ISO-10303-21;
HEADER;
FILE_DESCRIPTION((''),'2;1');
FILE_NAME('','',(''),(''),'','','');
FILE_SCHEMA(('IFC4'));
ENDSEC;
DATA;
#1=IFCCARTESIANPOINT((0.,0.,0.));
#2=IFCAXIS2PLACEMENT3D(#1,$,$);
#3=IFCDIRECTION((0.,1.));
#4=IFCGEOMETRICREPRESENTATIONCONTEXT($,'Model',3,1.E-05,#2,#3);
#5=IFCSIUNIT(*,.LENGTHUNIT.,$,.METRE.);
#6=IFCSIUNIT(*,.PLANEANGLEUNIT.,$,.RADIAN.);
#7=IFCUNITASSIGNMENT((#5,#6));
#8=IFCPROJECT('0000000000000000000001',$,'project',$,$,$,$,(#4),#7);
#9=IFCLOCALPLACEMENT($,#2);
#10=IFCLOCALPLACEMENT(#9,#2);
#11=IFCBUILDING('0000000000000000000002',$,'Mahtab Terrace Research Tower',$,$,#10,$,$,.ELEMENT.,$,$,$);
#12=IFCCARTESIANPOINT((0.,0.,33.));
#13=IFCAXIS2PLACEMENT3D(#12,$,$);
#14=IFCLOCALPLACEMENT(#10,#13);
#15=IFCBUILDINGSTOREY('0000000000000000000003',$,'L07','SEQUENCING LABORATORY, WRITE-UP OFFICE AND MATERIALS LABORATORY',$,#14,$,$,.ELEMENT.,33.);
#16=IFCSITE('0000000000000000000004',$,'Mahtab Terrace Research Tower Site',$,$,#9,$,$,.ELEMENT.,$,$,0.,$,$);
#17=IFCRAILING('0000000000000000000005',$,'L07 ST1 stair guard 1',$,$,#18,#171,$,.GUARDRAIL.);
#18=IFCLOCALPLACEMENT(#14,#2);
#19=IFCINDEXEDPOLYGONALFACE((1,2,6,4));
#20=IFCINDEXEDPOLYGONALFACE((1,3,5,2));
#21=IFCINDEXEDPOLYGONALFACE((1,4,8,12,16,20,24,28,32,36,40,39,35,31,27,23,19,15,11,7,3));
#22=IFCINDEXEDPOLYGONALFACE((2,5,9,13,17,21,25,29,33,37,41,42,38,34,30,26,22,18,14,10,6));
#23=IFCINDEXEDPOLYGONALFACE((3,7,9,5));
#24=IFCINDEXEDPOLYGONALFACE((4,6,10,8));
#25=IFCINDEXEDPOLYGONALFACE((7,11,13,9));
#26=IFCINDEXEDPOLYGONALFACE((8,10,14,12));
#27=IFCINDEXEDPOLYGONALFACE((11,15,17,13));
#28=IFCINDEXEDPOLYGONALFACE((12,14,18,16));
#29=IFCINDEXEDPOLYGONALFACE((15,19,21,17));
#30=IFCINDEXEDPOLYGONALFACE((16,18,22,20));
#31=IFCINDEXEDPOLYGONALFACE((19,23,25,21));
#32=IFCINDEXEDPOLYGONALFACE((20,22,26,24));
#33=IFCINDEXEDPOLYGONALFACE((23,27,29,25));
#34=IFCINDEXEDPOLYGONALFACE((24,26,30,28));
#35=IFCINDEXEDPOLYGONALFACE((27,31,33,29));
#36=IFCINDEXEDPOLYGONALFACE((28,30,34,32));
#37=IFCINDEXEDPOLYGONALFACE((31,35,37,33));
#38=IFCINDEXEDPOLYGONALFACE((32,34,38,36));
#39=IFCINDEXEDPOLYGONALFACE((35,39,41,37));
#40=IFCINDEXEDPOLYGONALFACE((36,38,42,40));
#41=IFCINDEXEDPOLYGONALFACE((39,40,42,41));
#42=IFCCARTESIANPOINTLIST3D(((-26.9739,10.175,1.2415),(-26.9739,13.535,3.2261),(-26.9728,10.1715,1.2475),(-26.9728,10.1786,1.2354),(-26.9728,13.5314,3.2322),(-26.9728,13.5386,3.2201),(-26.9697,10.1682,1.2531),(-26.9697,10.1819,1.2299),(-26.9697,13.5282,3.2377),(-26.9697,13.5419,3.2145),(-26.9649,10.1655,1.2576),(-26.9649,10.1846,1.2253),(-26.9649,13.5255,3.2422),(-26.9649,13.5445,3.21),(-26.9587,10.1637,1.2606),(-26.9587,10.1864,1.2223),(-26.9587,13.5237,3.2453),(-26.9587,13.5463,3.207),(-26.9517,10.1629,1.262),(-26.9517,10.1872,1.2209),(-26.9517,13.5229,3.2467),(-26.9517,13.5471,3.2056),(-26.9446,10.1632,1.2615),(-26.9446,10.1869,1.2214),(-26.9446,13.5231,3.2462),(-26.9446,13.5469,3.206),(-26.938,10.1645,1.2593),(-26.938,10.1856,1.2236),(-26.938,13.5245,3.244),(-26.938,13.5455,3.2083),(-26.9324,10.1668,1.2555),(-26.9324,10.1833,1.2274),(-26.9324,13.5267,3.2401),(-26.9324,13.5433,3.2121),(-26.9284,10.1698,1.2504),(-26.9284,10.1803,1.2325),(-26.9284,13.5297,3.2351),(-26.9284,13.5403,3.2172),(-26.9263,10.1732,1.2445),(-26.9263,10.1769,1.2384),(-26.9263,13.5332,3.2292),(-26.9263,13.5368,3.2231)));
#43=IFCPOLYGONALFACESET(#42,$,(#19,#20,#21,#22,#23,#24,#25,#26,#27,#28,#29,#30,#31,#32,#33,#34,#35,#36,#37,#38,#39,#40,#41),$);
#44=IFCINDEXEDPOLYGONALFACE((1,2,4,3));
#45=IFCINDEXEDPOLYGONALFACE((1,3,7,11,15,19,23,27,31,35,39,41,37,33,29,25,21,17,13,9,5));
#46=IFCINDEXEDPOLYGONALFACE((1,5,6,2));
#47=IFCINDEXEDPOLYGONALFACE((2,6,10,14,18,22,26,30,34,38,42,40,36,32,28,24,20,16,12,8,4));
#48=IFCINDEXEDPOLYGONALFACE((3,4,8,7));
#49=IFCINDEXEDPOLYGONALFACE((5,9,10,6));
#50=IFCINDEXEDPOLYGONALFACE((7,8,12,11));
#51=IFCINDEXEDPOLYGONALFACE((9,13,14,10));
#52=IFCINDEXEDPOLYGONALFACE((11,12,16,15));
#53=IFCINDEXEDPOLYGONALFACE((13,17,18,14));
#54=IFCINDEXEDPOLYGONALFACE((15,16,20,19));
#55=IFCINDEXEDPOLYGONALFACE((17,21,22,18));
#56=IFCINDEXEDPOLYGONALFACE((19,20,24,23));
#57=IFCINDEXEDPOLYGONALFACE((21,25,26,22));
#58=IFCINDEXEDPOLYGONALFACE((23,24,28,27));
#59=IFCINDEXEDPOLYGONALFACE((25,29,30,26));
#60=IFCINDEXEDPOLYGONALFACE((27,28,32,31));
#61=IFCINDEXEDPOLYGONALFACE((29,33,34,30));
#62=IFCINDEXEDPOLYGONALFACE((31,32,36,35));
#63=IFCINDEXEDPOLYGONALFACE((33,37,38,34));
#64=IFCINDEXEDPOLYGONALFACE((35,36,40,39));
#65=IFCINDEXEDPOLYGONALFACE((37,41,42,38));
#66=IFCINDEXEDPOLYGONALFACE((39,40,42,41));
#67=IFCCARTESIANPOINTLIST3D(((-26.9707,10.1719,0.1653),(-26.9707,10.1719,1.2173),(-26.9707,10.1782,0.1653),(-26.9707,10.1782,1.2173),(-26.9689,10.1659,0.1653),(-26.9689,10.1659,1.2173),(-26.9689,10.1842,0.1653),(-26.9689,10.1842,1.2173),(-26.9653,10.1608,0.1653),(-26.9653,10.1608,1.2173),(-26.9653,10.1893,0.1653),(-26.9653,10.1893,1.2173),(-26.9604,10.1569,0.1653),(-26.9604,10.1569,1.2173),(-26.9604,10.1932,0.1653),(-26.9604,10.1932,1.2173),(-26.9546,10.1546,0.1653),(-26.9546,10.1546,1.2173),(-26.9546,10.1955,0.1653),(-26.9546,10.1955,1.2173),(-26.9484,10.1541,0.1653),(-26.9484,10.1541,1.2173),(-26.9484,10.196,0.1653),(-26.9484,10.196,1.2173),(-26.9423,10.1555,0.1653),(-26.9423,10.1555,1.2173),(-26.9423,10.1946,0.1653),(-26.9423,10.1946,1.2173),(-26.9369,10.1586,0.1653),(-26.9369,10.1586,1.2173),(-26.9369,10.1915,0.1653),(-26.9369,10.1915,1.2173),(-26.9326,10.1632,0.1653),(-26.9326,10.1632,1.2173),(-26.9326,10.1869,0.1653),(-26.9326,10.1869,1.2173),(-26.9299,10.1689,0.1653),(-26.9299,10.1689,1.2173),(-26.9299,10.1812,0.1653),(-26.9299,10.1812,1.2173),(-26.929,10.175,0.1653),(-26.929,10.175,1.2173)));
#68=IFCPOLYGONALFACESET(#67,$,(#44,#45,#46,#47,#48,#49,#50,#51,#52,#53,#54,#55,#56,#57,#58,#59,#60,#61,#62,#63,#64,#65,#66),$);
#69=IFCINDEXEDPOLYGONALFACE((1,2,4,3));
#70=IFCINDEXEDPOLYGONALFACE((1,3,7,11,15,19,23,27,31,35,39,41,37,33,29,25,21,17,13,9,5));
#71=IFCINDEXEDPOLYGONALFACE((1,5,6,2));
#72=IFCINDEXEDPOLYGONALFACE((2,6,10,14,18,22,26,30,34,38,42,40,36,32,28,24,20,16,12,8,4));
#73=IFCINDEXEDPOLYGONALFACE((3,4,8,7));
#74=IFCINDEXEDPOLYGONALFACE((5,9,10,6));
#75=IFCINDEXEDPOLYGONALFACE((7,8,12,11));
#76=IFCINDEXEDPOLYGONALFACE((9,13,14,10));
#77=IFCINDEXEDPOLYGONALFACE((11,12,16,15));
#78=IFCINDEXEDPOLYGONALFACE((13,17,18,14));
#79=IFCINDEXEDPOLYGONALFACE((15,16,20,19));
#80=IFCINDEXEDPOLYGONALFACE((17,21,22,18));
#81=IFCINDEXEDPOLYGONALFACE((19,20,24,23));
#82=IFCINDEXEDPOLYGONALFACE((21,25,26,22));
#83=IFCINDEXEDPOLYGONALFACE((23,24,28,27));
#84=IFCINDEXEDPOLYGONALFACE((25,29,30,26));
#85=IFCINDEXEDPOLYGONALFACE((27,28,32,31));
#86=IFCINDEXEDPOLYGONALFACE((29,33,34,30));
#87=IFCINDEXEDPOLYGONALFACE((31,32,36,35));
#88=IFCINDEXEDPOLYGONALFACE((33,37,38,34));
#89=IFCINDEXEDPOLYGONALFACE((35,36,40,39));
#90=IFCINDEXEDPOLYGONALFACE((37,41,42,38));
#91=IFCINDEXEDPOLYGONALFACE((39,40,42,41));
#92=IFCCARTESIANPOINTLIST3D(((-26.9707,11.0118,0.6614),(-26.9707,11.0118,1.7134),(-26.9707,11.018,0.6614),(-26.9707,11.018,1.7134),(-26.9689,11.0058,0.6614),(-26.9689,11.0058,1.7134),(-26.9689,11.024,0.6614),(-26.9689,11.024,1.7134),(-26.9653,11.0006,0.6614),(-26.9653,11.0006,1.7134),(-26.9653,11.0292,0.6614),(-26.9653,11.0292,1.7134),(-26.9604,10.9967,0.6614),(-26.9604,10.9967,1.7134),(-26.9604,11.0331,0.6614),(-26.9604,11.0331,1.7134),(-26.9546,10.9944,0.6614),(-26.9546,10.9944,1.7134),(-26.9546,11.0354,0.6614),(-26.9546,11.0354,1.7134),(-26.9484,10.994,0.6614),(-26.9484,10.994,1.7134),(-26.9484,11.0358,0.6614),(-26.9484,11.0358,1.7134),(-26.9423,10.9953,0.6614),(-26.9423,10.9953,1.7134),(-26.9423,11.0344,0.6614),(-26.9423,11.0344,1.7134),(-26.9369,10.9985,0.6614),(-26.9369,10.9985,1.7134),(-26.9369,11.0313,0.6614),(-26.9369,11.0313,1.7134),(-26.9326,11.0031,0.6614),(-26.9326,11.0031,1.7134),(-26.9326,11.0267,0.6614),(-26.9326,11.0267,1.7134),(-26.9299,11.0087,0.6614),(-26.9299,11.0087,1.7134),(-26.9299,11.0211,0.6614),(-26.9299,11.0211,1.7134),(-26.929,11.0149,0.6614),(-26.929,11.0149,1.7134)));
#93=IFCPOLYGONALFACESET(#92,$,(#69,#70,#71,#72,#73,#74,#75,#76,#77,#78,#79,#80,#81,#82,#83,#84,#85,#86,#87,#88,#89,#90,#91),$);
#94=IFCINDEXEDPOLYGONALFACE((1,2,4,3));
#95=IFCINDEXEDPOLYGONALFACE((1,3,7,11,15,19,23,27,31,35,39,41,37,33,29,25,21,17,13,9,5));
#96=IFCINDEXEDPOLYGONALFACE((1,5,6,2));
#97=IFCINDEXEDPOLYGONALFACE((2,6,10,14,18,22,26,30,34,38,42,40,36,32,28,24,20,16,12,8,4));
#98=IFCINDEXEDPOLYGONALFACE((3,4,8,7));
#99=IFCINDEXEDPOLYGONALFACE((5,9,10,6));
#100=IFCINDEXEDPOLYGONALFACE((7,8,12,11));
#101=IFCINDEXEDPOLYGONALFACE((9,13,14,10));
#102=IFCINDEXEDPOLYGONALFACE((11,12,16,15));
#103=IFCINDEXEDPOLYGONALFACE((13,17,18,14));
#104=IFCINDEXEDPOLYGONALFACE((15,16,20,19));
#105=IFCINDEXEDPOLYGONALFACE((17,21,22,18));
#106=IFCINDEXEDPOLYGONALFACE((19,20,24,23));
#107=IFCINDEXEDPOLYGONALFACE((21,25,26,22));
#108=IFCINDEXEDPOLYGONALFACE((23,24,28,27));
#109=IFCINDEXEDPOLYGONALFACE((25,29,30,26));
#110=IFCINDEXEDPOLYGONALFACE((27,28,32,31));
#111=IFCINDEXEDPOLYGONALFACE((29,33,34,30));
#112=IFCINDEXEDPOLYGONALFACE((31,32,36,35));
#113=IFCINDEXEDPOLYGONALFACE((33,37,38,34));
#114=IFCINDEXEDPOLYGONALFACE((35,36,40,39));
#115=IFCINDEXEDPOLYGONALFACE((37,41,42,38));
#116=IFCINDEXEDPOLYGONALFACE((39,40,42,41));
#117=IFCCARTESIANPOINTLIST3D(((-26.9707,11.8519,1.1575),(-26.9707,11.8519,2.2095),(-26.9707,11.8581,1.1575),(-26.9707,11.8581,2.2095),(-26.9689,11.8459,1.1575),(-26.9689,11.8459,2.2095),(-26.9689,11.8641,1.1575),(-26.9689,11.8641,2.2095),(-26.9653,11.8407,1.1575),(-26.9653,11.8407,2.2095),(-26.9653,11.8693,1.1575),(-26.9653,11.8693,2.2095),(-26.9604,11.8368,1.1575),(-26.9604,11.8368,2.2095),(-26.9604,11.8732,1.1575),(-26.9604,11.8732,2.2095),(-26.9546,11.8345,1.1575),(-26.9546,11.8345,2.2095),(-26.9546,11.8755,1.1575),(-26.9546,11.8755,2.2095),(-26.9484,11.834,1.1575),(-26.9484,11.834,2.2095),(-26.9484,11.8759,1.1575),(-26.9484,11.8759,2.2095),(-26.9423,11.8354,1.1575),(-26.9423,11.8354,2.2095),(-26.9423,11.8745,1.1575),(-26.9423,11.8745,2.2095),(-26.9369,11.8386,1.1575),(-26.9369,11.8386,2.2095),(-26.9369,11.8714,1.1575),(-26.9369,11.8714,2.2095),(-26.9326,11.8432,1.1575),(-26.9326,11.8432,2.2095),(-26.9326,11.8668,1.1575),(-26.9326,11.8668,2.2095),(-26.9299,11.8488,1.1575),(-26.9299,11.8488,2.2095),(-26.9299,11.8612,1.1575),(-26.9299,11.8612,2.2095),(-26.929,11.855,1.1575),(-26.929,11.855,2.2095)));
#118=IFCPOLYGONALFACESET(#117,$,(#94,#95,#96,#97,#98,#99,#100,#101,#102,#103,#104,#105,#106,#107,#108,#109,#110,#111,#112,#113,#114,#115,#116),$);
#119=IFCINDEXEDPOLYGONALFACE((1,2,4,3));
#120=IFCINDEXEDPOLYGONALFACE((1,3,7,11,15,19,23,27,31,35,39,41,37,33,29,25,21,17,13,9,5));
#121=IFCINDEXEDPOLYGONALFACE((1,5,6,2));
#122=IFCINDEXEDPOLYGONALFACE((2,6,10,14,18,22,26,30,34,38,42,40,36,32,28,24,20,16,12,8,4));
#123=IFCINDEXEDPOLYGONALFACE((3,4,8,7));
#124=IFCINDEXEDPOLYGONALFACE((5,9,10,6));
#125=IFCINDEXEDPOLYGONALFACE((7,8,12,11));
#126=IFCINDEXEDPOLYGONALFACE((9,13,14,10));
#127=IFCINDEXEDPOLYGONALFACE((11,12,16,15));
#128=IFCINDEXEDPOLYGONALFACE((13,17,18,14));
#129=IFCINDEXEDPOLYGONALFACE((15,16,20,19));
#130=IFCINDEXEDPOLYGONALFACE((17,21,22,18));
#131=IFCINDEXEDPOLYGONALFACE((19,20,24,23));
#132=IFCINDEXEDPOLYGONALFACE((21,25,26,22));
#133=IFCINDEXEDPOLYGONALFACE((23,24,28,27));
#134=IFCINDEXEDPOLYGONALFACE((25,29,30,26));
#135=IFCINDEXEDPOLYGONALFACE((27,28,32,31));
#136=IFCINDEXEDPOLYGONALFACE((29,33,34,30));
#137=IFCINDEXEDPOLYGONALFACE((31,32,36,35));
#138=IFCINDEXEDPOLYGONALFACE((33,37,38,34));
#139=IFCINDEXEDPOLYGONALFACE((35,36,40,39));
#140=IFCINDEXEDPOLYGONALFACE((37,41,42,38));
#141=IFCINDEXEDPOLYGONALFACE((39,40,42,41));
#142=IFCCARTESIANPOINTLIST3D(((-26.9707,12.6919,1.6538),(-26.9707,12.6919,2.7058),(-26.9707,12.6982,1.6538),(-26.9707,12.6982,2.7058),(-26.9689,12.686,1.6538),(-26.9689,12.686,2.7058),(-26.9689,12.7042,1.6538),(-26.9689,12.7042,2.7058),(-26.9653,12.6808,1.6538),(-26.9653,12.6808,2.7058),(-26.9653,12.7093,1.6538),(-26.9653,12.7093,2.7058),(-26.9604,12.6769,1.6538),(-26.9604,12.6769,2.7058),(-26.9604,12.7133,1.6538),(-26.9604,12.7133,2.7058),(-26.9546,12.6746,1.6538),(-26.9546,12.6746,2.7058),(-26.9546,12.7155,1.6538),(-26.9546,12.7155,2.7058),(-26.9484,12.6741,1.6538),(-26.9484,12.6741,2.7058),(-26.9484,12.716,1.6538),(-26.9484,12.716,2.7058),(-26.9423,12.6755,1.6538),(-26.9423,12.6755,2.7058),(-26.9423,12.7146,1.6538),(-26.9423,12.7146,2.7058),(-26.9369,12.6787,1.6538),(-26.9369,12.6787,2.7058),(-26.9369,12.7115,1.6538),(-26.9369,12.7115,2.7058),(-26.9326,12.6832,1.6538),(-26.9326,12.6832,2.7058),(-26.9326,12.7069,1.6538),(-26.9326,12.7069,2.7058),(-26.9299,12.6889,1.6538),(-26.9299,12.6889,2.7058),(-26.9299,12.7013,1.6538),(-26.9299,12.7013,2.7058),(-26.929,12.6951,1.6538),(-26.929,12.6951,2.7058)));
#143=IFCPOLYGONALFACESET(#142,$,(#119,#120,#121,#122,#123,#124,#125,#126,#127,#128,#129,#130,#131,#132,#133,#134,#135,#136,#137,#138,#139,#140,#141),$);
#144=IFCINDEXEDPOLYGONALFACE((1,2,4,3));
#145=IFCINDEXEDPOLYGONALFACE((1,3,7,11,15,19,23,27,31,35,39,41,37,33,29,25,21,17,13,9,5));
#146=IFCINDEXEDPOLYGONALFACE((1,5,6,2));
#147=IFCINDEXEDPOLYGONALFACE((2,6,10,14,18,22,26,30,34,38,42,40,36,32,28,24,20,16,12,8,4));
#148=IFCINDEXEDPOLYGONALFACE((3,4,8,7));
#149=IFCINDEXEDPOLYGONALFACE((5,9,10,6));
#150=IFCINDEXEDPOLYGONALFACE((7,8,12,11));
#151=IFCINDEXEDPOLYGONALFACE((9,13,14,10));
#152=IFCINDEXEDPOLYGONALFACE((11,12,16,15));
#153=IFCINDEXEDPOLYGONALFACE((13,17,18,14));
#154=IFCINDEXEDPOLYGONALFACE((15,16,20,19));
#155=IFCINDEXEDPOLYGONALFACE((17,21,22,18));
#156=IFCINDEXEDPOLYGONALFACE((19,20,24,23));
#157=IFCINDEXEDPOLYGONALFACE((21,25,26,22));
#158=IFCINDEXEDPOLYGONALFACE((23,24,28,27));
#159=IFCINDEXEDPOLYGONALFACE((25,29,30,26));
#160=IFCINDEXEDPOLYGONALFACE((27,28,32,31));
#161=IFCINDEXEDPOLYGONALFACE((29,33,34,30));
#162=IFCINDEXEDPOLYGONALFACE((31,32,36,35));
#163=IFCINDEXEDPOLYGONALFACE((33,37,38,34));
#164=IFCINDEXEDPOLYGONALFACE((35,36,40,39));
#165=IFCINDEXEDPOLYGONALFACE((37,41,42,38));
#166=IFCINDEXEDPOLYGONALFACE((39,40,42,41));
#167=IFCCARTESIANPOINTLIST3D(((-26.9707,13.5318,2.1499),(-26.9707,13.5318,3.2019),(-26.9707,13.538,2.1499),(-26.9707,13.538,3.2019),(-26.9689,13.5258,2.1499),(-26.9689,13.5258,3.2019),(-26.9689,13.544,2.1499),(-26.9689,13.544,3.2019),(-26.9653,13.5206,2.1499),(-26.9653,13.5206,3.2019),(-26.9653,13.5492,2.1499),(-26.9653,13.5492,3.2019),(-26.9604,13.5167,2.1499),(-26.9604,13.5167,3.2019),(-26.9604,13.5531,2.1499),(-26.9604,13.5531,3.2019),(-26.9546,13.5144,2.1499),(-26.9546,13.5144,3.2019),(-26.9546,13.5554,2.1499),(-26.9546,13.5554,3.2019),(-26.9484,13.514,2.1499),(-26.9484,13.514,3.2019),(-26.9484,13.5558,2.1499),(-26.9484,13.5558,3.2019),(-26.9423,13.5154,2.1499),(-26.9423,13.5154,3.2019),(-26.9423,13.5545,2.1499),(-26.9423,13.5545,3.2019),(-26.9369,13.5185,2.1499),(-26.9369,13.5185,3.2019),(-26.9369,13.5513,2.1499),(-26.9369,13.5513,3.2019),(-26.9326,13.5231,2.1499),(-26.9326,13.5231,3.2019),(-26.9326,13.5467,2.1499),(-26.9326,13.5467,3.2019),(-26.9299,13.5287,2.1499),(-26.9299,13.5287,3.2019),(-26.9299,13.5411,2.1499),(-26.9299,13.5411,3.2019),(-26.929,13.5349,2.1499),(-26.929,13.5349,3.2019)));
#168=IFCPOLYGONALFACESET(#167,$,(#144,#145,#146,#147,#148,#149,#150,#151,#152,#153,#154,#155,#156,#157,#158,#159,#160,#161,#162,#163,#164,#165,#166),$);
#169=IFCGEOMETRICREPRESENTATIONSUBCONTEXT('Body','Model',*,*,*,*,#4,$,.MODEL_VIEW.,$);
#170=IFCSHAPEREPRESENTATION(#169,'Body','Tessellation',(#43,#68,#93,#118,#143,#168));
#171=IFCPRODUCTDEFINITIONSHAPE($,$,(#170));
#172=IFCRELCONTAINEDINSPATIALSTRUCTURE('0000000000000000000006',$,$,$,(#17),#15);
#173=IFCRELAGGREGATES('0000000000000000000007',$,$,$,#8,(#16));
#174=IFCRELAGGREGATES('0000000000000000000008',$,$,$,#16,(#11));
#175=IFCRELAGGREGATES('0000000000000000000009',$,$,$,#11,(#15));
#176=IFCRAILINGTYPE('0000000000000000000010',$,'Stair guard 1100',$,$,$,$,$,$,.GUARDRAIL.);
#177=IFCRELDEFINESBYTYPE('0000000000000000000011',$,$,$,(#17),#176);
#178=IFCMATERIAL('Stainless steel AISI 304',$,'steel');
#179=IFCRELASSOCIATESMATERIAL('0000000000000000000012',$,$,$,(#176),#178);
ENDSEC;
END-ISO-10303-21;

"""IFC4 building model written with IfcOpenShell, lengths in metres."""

from ifc_helpers import new_model, si_unit, direction, frame, origin, origin_2d, place, context, subcontext, project, spatial, circle, extrude, material, type_object, element, save


model = new_model("IFC4")

# Units and contexts
model_context = context("Model", 3, precision=1e-05, world=origin(), true_north=direction((0.0, 1.0)))
body_context = subcontext(model_context, "Body", "Model", "MODEL_VIEW")
ifc_project = project(units=[si_unit("LENGTHUNIT", "METRE"), si_unit("PLANEANGLEUNIT", "RADIAN")], contexts=[model_context])

# Site, building, storey
site_placement = place(None, origin())
site = spatial("IfcSite", under=ifc_project, at=site_placement, Name="Mahtab Terrace Research Tower Site", CompositionType="ELEMENT", RefElevation=0.0)
building_placement = place(site_placement, origin())
building = spatial("IfcBuilding", under=site, at=building_placement, Name="Mahtab Terrace Research Tower", CompositionType="ELEMENT")
storey_placement = place(building_placement, frame((0.0, 0.0, 33.0)))
storey = spatial("IfcBuildingStorey", under=building, at=storey_placement, Name="L07", Description="SEQUENCING LABORATORY, WRITE-UP OFFICE AND MATERIALS LABORATORY", CompositionType="ELEMENT", Elevation=33.0)

# Railing
ifc_material_1 = material(Name="Stainless steel AISI 304", Category="steel")
railing_type_1 = type_object("IfcRailingType", Name="Stair guard 1100", PredefinedType="GUARDRAIL", material=ifc_material_1)
railing_1_placement = place(storey_placement, frame((-26.95, 10.175, 0.1653)))
element("IfcRailing", 1, at=railing_1_placement, inside=storey, type_object=railing_type_1, Name="L07 ST1 stair guard 1", PredefinedType="GUARDRAIL", context=body_context, shape_type="SweptSolid", body=[
    extrude(circle(Radius=0.0239, at=origin_2d()), frame((0.0, 0.0, 1.0762), z_axis=(0.0, 0.861011, 0.508586), x_axis=(-1.0, 0.0, 0.0)), (0.0, 0.0, 1.0), 3.9023),
    extrude(circle(Radius=0.021, at=origin_2d()), origin(), (0.0, 0.0, 1.0), 1.052),
    extrude(circle(Radius=0.021, at=origin_2d()), frame((0.0, 0.8398, 0.4961)), (0.0, 0.0, 1.0), 1.052),
    extrude(circle(Radius=0.021, at=origin_2d()), frame((0.0, 1.6799, 0.9922)), (0.0, 0.0, 1.0), 1.052),
    extrude(circle(Radius=0.021, at=origin_2d()), frame((0.0, 2.52, 1.4885)), (0.0, 0.0, 1.0), 1.052),
    extrude(circle(Radius=0.021, at=origin_2d()), frame((0.0, 3.3599, 1.9846)), (0.0, 0.0, 1.0), 1.052),
])

save(model, "model.ifc")
